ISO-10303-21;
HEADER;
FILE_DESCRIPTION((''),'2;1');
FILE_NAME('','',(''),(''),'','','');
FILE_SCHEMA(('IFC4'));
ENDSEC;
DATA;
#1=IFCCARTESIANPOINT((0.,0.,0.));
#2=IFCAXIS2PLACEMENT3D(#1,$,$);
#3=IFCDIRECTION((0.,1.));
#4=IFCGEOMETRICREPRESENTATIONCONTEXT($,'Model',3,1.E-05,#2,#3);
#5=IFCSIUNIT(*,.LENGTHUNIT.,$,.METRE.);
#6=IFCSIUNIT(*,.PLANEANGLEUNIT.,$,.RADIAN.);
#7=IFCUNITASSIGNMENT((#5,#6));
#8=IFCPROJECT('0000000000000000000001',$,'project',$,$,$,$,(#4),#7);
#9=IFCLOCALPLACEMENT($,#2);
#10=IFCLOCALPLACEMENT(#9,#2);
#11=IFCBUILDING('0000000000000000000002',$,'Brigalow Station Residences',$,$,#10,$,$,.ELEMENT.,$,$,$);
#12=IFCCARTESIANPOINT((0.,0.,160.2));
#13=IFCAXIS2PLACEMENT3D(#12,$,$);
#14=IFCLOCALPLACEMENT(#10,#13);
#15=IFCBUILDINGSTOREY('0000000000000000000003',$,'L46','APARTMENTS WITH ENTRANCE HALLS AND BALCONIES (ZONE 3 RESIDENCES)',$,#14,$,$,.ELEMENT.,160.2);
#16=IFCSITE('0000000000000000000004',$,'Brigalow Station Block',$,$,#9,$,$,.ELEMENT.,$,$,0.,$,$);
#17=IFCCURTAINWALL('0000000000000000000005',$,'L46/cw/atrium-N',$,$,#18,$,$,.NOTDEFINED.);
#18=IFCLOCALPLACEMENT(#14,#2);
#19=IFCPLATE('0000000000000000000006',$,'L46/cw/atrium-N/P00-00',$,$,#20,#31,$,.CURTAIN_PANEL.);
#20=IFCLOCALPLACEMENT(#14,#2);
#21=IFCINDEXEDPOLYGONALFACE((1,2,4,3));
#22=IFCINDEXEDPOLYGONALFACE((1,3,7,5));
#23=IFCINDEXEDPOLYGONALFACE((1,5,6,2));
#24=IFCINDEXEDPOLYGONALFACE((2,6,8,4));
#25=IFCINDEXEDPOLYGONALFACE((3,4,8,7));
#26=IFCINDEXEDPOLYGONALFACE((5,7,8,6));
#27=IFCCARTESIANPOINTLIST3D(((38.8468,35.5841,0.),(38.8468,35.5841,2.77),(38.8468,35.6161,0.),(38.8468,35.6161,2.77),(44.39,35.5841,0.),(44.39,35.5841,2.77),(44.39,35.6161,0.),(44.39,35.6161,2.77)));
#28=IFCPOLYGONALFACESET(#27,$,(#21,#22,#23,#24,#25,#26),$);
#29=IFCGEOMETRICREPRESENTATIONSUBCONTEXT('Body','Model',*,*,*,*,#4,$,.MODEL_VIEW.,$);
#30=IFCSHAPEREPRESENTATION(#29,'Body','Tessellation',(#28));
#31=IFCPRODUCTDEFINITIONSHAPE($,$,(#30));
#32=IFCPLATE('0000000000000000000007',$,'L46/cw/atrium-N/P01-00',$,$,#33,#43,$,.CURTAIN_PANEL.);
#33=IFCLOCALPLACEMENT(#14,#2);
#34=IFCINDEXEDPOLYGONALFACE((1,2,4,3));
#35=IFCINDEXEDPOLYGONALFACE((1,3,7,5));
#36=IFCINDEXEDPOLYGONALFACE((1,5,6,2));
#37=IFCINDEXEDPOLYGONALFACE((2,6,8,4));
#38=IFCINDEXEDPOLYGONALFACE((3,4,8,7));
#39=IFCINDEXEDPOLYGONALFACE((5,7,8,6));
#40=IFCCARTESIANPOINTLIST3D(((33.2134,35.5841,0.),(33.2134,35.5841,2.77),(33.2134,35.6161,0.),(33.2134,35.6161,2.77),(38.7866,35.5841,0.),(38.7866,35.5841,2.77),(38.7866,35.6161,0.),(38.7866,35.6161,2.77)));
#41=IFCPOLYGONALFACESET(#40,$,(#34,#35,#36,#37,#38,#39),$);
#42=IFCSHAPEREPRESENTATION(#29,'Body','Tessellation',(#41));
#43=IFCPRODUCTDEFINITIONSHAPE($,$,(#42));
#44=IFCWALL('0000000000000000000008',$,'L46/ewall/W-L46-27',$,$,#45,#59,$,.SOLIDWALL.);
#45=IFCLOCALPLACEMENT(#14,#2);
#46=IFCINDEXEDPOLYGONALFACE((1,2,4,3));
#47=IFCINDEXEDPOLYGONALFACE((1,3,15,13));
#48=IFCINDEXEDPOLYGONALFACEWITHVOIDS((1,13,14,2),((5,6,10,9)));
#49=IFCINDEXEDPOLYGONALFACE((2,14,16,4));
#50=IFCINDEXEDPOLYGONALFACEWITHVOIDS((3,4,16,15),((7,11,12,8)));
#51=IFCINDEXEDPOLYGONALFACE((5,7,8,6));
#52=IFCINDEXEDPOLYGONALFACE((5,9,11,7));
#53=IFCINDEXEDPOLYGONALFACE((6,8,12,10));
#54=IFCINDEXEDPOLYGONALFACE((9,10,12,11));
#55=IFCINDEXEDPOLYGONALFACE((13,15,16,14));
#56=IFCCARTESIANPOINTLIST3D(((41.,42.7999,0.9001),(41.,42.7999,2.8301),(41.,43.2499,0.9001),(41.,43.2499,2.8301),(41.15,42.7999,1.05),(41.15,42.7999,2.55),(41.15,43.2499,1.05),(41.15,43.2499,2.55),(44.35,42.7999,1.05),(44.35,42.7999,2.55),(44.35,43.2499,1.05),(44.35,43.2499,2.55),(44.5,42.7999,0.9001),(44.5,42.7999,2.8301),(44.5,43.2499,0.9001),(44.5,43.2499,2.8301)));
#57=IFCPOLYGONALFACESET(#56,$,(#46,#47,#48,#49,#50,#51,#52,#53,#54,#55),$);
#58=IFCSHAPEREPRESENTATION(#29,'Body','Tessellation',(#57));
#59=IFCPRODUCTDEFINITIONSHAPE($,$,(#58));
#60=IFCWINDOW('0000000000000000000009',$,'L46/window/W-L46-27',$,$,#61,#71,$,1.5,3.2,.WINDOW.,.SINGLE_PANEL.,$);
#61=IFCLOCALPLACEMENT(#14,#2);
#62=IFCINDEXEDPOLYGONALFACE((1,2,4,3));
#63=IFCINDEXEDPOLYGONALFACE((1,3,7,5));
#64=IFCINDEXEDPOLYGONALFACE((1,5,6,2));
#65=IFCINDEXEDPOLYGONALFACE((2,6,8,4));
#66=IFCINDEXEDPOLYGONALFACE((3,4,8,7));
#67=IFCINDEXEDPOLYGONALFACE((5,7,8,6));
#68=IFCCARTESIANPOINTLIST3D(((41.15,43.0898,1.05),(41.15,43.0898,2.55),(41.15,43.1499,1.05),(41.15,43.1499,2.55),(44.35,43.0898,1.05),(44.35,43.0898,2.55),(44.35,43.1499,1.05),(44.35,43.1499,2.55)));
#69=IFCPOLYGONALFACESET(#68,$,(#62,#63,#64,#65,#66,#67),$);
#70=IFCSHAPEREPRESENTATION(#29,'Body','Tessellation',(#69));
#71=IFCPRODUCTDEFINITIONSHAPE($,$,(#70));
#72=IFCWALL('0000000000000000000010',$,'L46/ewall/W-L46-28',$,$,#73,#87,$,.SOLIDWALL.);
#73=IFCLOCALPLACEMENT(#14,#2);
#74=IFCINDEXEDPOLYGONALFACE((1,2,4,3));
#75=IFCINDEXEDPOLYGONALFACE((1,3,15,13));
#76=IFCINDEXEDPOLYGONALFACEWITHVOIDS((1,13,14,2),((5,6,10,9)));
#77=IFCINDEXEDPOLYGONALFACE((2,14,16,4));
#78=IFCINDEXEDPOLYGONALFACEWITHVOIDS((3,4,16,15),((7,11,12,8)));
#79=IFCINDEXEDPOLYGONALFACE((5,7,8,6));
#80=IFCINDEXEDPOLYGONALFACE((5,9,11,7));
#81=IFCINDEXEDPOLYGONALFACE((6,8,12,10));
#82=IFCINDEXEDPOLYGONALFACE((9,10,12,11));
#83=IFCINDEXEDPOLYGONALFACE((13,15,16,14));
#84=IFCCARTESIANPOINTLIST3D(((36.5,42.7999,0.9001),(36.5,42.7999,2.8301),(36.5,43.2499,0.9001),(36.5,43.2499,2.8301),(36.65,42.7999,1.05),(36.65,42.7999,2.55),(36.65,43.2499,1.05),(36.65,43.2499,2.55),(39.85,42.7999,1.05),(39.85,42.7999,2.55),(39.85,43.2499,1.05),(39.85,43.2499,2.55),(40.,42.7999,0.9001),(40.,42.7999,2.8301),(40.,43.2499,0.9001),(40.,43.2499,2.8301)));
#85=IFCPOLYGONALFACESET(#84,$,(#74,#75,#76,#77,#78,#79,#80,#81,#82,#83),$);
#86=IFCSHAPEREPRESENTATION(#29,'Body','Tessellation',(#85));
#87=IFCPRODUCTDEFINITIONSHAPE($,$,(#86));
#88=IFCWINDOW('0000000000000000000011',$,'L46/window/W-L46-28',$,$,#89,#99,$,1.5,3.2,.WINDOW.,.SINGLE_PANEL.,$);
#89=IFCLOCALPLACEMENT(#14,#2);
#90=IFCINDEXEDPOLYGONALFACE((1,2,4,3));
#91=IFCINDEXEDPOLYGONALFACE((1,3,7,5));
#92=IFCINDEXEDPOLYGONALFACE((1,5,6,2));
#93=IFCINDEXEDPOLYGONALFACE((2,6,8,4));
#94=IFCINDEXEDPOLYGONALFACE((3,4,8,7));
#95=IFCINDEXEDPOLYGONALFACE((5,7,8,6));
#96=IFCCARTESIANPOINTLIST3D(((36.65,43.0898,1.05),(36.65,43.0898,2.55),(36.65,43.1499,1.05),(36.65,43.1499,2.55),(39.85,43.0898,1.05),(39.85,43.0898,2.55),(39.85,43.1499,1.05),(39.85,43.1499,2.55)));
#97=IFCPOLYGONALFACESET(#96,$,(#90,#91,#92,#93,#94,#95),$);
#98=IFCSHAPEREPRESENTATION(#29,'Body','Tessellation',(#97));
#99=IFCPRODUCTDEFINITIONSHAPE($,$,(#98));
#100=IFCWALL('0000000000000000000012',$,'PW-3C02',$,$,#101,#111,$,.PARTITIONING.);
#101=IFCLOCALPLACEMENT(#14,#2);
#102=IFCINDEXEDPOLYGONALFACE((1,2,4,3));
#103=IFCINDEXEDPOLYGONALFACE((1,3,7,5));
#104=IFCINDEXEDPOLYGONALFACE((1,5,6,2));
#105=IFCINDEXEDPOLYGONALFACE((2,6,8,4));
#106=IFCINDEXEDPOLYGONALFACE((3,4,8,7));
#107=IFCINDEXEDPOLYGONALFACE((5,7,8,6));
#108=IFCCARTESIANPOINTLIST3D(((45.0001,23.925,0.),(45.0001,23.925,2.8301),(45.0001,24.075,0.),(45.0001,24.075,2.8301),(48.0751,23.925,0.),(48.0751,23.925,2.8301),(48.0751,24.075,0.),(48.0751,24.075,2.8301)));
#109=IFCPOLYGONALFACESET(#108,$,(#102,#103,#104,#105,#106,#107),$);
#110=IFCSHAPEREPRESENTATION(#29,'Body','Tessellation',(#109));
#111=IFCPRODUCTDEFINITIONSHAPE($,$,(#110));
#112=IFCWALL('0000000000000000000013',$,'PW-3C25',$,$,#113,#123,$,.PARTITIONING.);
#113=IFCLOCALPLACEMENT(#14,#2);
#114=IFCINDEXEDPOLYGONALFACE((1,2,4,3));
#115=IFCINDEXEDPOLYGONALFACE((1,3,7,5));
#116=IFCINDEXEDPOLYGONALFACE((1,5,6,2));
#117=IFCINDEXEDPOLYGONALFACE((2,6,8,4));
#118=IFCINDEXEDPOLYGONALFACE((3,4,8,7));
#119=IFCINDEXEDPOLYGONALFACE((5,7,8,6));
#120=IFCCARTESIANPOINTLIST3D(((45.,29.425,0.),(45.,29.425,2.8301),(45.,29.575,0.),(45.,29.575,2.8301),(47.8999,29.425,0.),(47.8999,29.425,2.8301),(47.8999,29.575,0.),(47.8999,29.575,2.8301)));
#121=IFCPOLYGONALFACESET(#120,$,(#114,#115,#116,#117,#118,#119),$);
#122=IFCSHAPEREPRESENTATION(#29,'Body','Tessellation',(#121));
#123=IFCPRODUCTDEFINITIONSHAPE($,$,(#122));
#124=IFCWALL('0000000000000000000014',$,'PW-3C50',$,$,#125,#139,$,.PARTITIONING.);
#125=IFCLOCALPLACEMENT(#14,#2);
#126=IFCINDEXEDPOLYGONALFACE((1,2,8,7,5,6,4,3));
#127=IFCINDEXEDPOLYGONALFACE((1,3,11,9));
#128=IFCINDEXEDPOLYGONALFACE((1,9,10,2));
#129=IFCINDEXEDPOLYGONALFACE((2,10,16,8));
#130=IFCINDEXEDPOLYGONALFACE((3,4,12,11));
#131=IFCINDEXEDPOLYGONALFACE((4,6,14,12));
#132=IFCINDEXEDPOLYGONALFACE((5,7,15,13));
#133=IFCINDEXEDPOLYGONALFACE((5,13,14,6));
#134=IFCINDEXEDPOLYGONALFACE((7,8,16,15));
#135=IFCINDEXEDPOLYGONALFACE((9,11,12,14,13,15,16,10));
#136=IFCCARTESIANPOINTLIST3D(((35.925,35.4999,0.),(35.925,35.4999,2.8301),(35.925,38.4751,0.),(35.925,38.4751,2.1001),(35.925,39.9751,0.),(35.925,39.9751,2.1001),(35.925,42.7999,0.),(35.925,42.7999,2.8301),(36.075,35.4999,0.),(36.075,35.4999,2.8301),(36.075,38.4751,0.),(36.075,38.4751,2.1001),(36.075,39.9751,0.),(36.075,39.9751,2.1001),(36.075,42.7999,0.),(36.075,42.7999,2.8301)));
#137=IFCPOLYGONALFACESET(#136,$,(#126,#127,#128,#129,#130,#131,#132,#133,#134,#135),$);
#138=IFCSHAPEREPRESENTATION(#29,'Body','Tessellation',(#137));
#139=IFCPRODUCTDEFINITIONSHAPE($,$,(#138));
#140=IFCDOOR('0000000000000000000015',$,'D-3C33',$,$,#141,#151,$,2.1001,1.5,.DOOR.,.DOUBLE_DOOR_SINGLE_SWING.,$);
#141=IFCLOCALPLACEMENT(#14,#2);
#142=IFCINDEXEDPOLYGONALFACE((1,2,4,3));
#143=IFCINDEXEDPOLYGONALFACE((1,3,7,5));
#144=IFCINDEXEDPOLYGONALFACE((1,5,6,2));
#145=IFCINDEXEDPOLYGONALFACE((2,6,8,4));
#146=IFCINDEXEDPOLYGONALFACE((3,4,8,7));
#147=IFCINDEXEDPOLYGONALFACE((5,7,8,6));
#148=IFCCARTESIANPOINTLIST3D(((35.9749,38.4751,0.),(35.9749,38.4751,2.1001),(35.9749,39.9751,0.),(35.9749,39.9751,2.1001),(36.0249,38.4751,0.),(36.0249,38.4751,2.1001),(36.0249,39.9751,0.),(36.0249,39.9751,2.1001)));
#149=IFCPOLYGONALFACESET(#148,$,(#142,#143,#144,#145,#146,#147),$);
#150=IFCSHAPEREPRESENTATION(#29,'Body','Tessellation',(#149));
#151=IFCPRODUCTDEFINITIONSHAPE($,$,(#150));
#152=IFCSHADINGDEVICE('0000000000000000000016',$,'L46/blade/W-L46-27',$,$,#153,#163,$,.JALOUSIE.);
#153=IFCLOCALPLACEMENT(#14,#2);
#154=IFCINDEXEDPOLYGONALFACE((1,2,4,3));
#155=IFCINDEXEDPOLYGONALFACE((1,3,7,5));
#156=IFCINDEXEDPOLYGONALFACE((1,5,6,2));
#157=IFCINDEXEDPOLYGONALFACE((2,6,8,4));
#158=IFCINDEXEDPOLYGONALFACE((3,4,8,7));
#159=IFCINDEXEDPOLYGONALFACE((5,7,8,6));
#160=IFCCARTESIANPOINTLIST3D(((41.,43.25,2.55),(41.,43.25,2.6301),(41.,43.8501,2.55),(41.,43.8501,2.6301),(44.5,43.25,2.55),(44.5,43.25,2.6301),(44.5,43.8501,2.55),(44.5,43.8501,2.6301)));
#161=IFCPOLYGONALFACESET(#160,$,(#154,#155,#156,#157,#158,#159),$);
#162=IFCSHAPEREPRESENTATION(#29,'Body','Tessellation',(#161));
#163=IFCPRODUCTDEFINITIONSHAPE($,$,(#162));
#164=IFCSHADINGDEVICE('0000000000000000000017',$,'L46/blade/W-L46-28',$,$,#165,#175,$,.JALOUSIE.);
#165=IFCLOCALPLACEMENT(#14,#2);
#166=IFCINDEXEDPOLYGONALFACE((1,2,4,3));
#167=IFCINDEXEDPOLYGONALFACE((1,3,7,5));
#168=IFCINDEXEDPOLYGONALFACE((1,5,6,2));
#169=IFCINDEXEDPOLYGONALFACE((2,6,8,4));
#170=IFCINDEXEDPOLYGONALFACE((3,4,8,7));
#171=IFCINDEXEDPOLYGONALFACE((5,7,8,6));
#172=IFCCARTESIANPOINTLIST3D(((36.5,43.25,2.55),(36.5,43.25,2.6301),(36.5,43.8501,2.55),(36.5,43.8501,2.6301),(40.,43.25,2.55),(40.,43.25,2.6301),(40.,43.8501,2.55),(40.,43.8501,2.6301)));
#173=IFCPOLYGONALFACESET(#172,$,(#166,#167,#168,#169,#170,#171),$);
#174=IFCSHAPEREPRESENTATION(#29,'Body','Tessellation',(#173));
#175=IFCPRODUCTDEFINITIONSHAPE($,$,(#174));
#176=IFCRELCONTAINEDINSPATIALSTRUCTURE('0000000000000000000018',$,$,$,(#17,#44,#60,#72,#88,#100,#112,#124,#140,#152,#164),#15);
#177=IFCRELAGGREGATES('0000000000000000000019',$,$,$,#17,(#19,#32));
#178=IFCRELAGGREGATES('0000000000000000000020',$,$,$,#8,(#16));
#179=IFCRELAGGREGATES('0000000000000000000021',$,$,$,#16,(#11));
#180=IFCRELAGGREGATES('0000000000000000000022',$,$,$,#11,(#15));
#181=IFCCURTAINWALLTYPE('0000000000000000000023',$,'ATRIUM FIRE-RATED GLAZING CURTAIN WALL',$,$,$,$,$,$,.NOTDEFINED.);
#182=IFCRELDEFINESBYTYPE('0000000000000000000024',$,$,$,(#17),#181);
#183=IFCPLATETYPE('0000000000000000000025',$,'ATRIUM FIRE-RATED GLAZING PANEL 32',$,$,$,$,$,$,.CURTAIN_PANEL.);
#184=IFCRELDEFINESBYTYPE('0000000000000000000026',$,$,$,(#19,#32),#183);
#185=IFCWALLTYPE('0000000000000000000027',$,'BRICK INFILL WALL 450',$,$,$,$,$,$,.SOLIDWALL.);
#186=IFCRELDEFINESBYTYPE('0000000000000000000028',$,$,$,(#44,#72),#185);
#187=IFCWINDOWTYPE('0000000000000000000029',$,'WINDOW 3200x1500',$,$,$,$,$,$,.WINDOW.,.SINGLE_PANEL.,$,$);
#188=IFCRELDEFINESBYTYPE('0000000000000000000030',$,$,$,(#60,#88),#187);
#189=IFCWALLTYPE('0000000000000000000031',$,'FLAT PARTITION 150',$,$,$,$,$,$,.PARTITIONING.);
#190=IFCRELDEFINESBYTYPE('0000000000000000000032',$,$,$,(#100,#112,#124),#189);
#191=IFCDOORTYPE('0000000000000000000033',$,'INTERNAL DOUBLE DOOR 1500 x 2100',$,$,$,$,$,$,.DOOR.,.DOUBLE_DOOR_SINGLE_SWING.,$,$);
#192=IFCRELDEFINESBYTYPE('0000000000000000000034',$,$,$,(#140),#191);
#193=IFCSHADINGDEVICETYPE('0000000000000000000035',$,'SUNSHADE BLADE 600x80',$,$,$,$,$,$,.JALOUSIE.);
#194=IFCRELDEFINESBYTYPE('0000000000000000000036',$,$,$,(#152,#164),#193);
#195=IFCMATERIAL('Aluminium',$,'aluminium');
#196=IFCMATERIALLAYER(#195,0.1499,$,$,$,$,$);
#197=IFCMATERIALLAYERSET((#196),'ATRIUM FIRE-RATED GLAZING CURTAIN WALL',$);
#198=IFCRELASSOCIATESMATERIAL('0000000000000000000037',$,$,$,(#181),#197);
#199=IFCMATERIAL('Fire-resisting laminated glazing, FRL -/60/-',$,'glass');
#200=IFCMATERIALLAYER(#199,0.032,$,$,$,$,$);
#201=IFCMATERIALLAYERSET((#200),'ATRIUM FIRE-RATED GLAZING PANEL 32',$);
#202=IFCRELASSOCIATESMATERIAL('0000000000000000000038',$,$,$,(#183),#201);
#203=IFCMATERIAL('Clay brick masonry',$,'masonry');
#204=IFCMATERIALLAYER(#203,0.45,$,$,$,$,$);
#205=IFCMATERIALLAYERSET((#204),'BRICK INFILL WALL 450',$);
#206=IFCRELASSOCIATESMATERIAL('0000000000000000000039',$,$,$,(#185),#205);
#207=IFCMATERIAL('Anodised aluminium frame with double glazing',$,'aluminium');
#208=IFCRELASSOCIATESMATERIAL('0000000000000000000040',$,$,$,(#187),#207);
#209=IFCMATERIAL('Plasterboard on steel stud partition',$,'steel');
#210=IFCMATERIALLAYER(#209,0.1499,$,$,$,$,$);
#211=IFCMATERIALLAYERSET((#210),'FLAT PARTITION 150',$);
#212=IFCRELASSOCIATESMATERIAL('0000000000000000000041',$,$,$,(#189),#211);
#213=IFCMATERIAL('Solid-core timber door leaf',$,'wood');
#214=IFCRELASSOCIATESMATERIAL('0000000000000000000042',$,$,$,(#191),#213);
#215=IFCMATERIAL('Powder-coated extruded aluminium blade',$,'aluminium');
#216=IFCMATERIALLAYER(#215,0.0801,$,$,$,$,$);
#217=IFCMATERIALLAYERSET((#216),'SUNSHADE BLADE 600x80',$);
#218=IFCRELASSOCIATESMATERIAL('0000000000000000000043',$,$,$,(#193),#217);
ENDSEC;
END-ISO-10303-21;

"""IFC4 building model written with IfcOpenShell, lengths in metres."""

from ifc_helpers import new_model, si_unit, direction, frame, frame_2d, origin, origin_2d, place, context, subcontext, project, spatial, rectangle, extrude, material, layer, layer_set, type_object, element, fill, aggregate, save


model = new_model("IFC4")

# Units and contexts
model_context = context("Model", 3, precision=1e-05, world=origin(), true_north=direction((0.0, 1.0)))
body_context = subcontext(model_context, "Body", "Model", "MODEL_VIEW")
ifc_project = project(units=[si_unit("LENGTHUNIT", "METRE"), si_unit("PLANEANGLEUNIT", "RADIAN")], contexts=[model_context])

# Site, building, storey
site_placement = place(None, origin())
site = spatial("IfcSite", under=ifc_project, at=site_placement, Name="Brigalow Station Block", CompositionType="ELEMENT", RefElevation=0.0)
building_placement = place(site_placement, origin())
building = spatial("IfcBuilding", under=site, at=building_placement, Name="Brigalow Station Residences", CompositionType="ELEMENT")
storey_placement = place(building_placement, frame((0.0, 0.0, 160.2)))
storey = spatial("IfcBuildingStorey", under=building, at=storey_placement, Name="L46", Description="APARTMENTS WITH ENTRANCE HALLS AND BALCONIES (ZONE 3 RESIDENCES)", CompositionType="ELEMENT", Elevation=160.2)

# Curtain wall
ifc_material_1 = material(Name="Aluminium", Category="aluminium")
ifc_layer_1 = layer(ifc_material_1, 0.1499)
ifc_layer_set_1 = layer_set([ifc_layer_1], Name="ATRIUM FIRE-RATED GLAZING CURTAIN WALL")
curtain_wall_type = type_object("IfcCurtainWallType", Name="ATRIUM FIRE-RATED GLAZING CURTAIN WALL", PredefinedType="NOTDEFINED", material=ifc_layer_set_1)
curtain_wall_1_placement = place(storey_placement, origin())
curtain_wall_1 = element("IfcCurtainWall", 1, at=curtain_wall_1_placement, inside=storey, type_object=curtain_wall_type, Name="L46/cw/atrium-N", PredefinedType="NOTDEFINED")

# Plates
ifc_material_2 = material(Name="Fire-resisting laminated glazing, FRL -/60/-", Category="glass")
ifc_layer_2 = layer(ifc_material_2, 0.032)
ifc_layer_set_2 = layer_set([ifc_layer_2], Name="ATRIUM FIRE-RATED GLAZING PANEL 32")
plate_type = type_object("IfcPlateType", Name="ATRIUM FIRE-RATED GLAZING PANEL 32", PredefinedType="CURTAIN_PANEL", material=ifc_layer_set_2)
plate_1_placement = place(storey_placement, frame((41.6184, 35.6001, 0.0), z_axis=(0.0, 0.0, 1.0), x_axis=(-1.0, 0.0, 0.0)))
plate_1 = element("IfcPlate", 2, at=plate_1_placement, type_object=plate_type, Name="L46/cw/atrium-N/P00-00", PredefinedType="CURTAIN_PANEL", context=body_context, shape_type="SweptSolid", body=[
    extrude(rectangle(XDim=5.5432, YDim=0.032, at=origin_2d()), origin(), (0.0, 0.0, 1.0), 2.77),
])
plate_2_placement = place(storey_placement, frame((36.0, 35.6001, 0.0), z_axis=(0.0, 0.0, 1.0), x_axis=(-1.0, 0.0, 0.0)))
plate_2 = element("IfcPlate", 3, at=plate_2_placement, type_object=plate_type, Name="L46/cw/atrium-N/P01-00", PredefinedType="CURTAIN_PANEL", context=body_context, shape_type="SweptSolid", body=[
    extrude(rectangle(XDim=5.5732, YDim=0.032, at=origin_2d()), origin(), (0.0, 0.0, 1.0), 2.77),
])
aggregate(curtain_wall_1, [plate_1, plate_2])

# Walls, openings, windows
ifc_material_3 = material(Name="Clay brick masonry", Category="masonry")
ifc_layer_3 = layer(ifc_material_3, 0.45)
ifc_layer_set_3 = layer_set([ifc_layer_3], Name="BRICK INFILL WALL 450")
wall_type_1 = type_object("IfcWallType", Name="BRICK INFILL WALL 450", PredefinedType="SOLIDWALL", material=ifc_layer_set_3)
wall_1_placement = place(storey_placement, frame((44.5, 43.0249, 0.9001), z_axis=(0.0, 0.0, 1.0), x_axis=(-1.0, 0.0, 0.0)))
wall_1 = element("IfcWall", 4, at=wall_1_placement, inside=storey, type_object=wall_type_1, Name="L46/ewall/W-L46-27", PredefinedType="SOLIDWALL", context=body_context, shape_type="SweptSolid", body=[
    extrude(rectangle(XDim=3.5, YDim=0.45, at=frame_2d((1.75, 0.0))), origin(), (0.0, 0.0, 1.0), 1.9299),
])
opening_1_placement = place(wall_1_placement, frame((0.1499, 0.0, 0.1499)))
opening_1 = element("IfcOpeningElement", 5, at=opening_1_placement, cuts=wall_1, PredefinedType="OPENING", context=body_context, shape_type="SweptSolid", body=[
    extrude(rectangle(XDim=3.2, YDim=1.5, at=frame_2d((1.6001, 0.75))), frame((0.0, 0.2349, 0.0), z_axis=(0.0, -1.0, 0.0), x_axis=(1.0, 0.0, 0.0)), (0.0, 0.0, 1.0), 0.47),
])
ifc_material_4 = material(Name="Anodised aluminium frame with double glazing", Category="aluminium")
window_type = type_object("IfcWindowType", Name="WINDOW 3200x1500", PartitioningType="SINGLE_PANEL", PredefinedType="WINDOW", material=ifc_material_4)
window_1_placement = place(opening_1_placement, origin())
window_1 = element("IfcWindow", 6, at=window_1_placement, inside=storey, type_object=window_type, Name="L46/window/W-L46-27", OverallHeight=1.5, OverallWidth=3.2, PartitioningType="SINGLE_PANEL", PredefinedType="WINDOW", context=body_context, shape_type="SweptSolid", body=[
    extrude(rectangle(XDim=3.2, YDim=1.5, at=frame_2d((1.6001, 0.75))), frame((0.0, -0.0649, 0.0), z_axis=(0.0, -1.0, 0.0), x_axis=(1.0, 0.0, 0.0)), (0.0, 0.0, 1.0), 0.0601),
])
fill(opening_1, window_1)
wall_2_placement = place(storey_placement, frame((40.0, 43.0249, 0.9001), z_axis=(0.0, 0.0, 1.0), x_axis=(-1.0, 0.0, 0.0)))
wall_2 = element("IfcWall", 7, at=wall_2_placement, inside=storey, type_object=wall_type_1, Name="L46/ewall/W-L46-28", PredefinedType="SOLIDWALL", context=body_context, shape_type="SweptSolid", body=[
    extrude(rectangle(XDim=3.5, YDim=0.45, at=frame_2d((1.75, 0.0))), origin(), (0.0, 0.0, 1.0), 1.9299),
])
opening_2_placement = place(wall_2_placement, frame((0.1499, 0.0, 0.1499)))
opening_2 = element("IfcOpeningElement", 8, at=opening_2_placement, cuts=wall_2, PredefinedType="OPENING", context=body_context, shape_type="SweptSolid", body=[
    extrude(rectangle(XDim=3.2, YDim=1.5, at=frame_2d((1.6001, 0.75))), frame((0.0, 0.2349, 0.0), z_axis=(0.0, -1.0, 0.0), x_axis=(1.0, 0.0, 0.0)), (0.0, 0.0, 1.0), 0.47),
])
window_2_placement = place(opening_2_placement, origin())
window_2 = element("IfcWindow", 9, at=window_2_placement, inside=storey, type_object=window_type, Name="L46/window/W-L46-28", OverallHeight=1.5, OverallWidth=3.2, PartitioningType="SINGLE_PANEL", PredefinedType="WINDOW", context=body_context, shape_type="SweptSolid", body=[
    extrude(rectangle(XDim=3.2, YDim=1.5, at=frame_2d((1.6001, 0.75))), frame((0.0, -0.0649, 0.0), z_axis=(0.0, -1.0, 0.0), x_axis=(1.0, 0.0, 0.0)), (0.0, 0.0, 1.0), 0.0601),
])
fill(opening_2, window_2)

# Walls
ifc_material_5 = material(Name="Plasterboard on steel stud partition", Category="steel")
ifc_layer_4 = layer(ifc_material_5, 0.1499)
ifc_layer_set_4 = layer_set([ifc_layer_4], Name="FLAT PARTITION 150")
wall_type_2 = type_object("IfcWallType", Name="FLAT PARTITION 150", PredefinedType="PARTITIONING", material=ifc_layer_set_4)
wall_3_placement = place(storey_placement, frame((45.0, 24.0, 0.0), z_axis=(0.0, 0.0, 1.0), x_axis=(1.0, 0.0, 0.0)))
element("IfcWall", 10, at=wall_3_placement, inside=storey, type_object=wall_type_2, Name="PW-3C02", PredefinedType="PARTITIONING", context=body_context, shape_type="SweptSolid", body=[
    extrude(rectangle(XDim=3.075, YDim=0.1499, at=frame_2d((1.5376, 0.0))), origin(), (0.0, 0.0, 1.0), 2.8301),
])
wall_4_placement = place(storey_placement, frame((45.0, 29.5, 0.0), z_axis=(0.0, 0.0, 1.0), x_axis=(1.0, 0.0, 0.0)))
element("IfcWall", 11, at=wall_4_placement, inside=storey, type_object=wall_type_2, Name="PW-3C25", PredefinedType="PARTITIONING", context=body_context, shape_type="SweptSolid", body=[
    extrude(rectangle(XDim=2.8999, YDim=0.1499, at=frame_2d((1.45, 0.0))), origin(), (0.0, 0.0, 1.0), 2.8301),
])

# Wall, opening, door
wall_5_placement = place(storey_placement, frame((36.0, 35.5, 0.0), z_axis=(0.0, 0.0, 1.0), x_axis=(0.0, 1.0, 0.0)))
wall_5 = element("IfcWall", 12, at=wall_5_placement, inside=storey, type_object=wall_type_2, Name="PW-3C50", PredefinedType="PARTITIONING", context=body_context, shape_type="SweptSolid", body=[
    extrude(rectangle(XDim=7.3, YDim=0.1499, at=frame_2d((3.6499, 0.0))), origin(), (0.0, 0.0, 1.0), 2.8301),
])
opening_3_placement = place(wall_5_placement, frame((2.9751, 0.0, 0.0)))
opening_3 = element("IfcOpeningElement", 13, at=opening_3_placement, cuts=wall_5, PredefinedType="OPENING", context=body_context, shape_type="SweptSolid", body=[
    extrude(rectangle(XDim=1.5, YDim=2.1001, at=frame_2d((0.75, 1.05))), frame((0.0, 0.085, 0.0), z_axis=(0.0, -1.0, 0.0), x_axis=(1.0, 0.0, 0.0)), (0.0, 0.0, 1.0), 0.1699),
])
ifc_material_6 = material(Name="Solid-core timber door leaf", Category="wood")
door_type = type_object("IfcDoorType", Name="INTERNAL DOUBLE DOOR 1500 x 2100", OperationType="DOUBLE_DOOR_SINGLE_SWING", PredefinedType="DOOR", material=ifc_material_6)
door_placement = place(opening_3_placement, frame((1.5, 0.0, 0.0), z_axis=(0.0, 0.0, 1.0), x_axis=(-1.0, 0.0, 0.0)))
door = element("IfcDoor", 14, at=door_placement, inside=storey, type_object=door_type, Name="D-3C33", OperationType="DOUBLE_DOOR_SINGLE_SWING", OverallHeight=2.1001, OverallWidth=1.5, PredefinedType="DOOR", context=body_context, shape_type="SweptSolid", body=[
    extrude(rectangle(XDim=1.5, YDim=2.1001, at=frame_2d((0.75, 1.05))), frame((0.0, 0.0249, 0.0), z_axis=(0.0, -1.0, 0.0), x_axis=(1.0, 0.0, 0.0)), (0.0, 0.0, 1.0), 0.05),
])
fill(opening_3, door)

# Shading devices
ifc_material_7 = material(Name="Powder-coated extruded aluminium blade", Category="aluminium")
ifc_layer_5 = layer(ifc_material_7, 0.0801)
ifc_layer_set_5 = layer_set([ifc_layer_5], Name="SUNSHADE BLADE 600x80")
shading_device_type = type_object("IfcShadingDeviceType", Name="SUNSHADE BLADE 600x80", PredefinedType="JALOUSIE", material=ifc_layer_set_5)
for number, where, z_axis, x_axis, name in (
    (15, (42.75, 43.55, 2.55), (0.0, 0.0, 1.0), (-1.0, 0.0, 0.0), "L46/blade/W-L46-27"),
    (16, (38.25, 43.55, 2.55), (0.0, 0.0, 1.0), (-1.0, 0.0, 0.0), "L46/blade/W-L46-28"),
):
    element("IfcShadingDevice", number, at=place(storey_placement, frame(where, z_axis=z_axis, x_axis=x_axis)), inside=storey, type_object=shading_device_type, Name=name, PredefinedType="JALOUSIE", context=body_context, shape_type="SweptSolid", body=[
        extrude(rectangle(XDim=3.5, YDim=0.6001, at=origin_2d()), origin(), (0.0, 0.0, 1.0), 0.0801),
    ])

save(model, "model.ifc")
